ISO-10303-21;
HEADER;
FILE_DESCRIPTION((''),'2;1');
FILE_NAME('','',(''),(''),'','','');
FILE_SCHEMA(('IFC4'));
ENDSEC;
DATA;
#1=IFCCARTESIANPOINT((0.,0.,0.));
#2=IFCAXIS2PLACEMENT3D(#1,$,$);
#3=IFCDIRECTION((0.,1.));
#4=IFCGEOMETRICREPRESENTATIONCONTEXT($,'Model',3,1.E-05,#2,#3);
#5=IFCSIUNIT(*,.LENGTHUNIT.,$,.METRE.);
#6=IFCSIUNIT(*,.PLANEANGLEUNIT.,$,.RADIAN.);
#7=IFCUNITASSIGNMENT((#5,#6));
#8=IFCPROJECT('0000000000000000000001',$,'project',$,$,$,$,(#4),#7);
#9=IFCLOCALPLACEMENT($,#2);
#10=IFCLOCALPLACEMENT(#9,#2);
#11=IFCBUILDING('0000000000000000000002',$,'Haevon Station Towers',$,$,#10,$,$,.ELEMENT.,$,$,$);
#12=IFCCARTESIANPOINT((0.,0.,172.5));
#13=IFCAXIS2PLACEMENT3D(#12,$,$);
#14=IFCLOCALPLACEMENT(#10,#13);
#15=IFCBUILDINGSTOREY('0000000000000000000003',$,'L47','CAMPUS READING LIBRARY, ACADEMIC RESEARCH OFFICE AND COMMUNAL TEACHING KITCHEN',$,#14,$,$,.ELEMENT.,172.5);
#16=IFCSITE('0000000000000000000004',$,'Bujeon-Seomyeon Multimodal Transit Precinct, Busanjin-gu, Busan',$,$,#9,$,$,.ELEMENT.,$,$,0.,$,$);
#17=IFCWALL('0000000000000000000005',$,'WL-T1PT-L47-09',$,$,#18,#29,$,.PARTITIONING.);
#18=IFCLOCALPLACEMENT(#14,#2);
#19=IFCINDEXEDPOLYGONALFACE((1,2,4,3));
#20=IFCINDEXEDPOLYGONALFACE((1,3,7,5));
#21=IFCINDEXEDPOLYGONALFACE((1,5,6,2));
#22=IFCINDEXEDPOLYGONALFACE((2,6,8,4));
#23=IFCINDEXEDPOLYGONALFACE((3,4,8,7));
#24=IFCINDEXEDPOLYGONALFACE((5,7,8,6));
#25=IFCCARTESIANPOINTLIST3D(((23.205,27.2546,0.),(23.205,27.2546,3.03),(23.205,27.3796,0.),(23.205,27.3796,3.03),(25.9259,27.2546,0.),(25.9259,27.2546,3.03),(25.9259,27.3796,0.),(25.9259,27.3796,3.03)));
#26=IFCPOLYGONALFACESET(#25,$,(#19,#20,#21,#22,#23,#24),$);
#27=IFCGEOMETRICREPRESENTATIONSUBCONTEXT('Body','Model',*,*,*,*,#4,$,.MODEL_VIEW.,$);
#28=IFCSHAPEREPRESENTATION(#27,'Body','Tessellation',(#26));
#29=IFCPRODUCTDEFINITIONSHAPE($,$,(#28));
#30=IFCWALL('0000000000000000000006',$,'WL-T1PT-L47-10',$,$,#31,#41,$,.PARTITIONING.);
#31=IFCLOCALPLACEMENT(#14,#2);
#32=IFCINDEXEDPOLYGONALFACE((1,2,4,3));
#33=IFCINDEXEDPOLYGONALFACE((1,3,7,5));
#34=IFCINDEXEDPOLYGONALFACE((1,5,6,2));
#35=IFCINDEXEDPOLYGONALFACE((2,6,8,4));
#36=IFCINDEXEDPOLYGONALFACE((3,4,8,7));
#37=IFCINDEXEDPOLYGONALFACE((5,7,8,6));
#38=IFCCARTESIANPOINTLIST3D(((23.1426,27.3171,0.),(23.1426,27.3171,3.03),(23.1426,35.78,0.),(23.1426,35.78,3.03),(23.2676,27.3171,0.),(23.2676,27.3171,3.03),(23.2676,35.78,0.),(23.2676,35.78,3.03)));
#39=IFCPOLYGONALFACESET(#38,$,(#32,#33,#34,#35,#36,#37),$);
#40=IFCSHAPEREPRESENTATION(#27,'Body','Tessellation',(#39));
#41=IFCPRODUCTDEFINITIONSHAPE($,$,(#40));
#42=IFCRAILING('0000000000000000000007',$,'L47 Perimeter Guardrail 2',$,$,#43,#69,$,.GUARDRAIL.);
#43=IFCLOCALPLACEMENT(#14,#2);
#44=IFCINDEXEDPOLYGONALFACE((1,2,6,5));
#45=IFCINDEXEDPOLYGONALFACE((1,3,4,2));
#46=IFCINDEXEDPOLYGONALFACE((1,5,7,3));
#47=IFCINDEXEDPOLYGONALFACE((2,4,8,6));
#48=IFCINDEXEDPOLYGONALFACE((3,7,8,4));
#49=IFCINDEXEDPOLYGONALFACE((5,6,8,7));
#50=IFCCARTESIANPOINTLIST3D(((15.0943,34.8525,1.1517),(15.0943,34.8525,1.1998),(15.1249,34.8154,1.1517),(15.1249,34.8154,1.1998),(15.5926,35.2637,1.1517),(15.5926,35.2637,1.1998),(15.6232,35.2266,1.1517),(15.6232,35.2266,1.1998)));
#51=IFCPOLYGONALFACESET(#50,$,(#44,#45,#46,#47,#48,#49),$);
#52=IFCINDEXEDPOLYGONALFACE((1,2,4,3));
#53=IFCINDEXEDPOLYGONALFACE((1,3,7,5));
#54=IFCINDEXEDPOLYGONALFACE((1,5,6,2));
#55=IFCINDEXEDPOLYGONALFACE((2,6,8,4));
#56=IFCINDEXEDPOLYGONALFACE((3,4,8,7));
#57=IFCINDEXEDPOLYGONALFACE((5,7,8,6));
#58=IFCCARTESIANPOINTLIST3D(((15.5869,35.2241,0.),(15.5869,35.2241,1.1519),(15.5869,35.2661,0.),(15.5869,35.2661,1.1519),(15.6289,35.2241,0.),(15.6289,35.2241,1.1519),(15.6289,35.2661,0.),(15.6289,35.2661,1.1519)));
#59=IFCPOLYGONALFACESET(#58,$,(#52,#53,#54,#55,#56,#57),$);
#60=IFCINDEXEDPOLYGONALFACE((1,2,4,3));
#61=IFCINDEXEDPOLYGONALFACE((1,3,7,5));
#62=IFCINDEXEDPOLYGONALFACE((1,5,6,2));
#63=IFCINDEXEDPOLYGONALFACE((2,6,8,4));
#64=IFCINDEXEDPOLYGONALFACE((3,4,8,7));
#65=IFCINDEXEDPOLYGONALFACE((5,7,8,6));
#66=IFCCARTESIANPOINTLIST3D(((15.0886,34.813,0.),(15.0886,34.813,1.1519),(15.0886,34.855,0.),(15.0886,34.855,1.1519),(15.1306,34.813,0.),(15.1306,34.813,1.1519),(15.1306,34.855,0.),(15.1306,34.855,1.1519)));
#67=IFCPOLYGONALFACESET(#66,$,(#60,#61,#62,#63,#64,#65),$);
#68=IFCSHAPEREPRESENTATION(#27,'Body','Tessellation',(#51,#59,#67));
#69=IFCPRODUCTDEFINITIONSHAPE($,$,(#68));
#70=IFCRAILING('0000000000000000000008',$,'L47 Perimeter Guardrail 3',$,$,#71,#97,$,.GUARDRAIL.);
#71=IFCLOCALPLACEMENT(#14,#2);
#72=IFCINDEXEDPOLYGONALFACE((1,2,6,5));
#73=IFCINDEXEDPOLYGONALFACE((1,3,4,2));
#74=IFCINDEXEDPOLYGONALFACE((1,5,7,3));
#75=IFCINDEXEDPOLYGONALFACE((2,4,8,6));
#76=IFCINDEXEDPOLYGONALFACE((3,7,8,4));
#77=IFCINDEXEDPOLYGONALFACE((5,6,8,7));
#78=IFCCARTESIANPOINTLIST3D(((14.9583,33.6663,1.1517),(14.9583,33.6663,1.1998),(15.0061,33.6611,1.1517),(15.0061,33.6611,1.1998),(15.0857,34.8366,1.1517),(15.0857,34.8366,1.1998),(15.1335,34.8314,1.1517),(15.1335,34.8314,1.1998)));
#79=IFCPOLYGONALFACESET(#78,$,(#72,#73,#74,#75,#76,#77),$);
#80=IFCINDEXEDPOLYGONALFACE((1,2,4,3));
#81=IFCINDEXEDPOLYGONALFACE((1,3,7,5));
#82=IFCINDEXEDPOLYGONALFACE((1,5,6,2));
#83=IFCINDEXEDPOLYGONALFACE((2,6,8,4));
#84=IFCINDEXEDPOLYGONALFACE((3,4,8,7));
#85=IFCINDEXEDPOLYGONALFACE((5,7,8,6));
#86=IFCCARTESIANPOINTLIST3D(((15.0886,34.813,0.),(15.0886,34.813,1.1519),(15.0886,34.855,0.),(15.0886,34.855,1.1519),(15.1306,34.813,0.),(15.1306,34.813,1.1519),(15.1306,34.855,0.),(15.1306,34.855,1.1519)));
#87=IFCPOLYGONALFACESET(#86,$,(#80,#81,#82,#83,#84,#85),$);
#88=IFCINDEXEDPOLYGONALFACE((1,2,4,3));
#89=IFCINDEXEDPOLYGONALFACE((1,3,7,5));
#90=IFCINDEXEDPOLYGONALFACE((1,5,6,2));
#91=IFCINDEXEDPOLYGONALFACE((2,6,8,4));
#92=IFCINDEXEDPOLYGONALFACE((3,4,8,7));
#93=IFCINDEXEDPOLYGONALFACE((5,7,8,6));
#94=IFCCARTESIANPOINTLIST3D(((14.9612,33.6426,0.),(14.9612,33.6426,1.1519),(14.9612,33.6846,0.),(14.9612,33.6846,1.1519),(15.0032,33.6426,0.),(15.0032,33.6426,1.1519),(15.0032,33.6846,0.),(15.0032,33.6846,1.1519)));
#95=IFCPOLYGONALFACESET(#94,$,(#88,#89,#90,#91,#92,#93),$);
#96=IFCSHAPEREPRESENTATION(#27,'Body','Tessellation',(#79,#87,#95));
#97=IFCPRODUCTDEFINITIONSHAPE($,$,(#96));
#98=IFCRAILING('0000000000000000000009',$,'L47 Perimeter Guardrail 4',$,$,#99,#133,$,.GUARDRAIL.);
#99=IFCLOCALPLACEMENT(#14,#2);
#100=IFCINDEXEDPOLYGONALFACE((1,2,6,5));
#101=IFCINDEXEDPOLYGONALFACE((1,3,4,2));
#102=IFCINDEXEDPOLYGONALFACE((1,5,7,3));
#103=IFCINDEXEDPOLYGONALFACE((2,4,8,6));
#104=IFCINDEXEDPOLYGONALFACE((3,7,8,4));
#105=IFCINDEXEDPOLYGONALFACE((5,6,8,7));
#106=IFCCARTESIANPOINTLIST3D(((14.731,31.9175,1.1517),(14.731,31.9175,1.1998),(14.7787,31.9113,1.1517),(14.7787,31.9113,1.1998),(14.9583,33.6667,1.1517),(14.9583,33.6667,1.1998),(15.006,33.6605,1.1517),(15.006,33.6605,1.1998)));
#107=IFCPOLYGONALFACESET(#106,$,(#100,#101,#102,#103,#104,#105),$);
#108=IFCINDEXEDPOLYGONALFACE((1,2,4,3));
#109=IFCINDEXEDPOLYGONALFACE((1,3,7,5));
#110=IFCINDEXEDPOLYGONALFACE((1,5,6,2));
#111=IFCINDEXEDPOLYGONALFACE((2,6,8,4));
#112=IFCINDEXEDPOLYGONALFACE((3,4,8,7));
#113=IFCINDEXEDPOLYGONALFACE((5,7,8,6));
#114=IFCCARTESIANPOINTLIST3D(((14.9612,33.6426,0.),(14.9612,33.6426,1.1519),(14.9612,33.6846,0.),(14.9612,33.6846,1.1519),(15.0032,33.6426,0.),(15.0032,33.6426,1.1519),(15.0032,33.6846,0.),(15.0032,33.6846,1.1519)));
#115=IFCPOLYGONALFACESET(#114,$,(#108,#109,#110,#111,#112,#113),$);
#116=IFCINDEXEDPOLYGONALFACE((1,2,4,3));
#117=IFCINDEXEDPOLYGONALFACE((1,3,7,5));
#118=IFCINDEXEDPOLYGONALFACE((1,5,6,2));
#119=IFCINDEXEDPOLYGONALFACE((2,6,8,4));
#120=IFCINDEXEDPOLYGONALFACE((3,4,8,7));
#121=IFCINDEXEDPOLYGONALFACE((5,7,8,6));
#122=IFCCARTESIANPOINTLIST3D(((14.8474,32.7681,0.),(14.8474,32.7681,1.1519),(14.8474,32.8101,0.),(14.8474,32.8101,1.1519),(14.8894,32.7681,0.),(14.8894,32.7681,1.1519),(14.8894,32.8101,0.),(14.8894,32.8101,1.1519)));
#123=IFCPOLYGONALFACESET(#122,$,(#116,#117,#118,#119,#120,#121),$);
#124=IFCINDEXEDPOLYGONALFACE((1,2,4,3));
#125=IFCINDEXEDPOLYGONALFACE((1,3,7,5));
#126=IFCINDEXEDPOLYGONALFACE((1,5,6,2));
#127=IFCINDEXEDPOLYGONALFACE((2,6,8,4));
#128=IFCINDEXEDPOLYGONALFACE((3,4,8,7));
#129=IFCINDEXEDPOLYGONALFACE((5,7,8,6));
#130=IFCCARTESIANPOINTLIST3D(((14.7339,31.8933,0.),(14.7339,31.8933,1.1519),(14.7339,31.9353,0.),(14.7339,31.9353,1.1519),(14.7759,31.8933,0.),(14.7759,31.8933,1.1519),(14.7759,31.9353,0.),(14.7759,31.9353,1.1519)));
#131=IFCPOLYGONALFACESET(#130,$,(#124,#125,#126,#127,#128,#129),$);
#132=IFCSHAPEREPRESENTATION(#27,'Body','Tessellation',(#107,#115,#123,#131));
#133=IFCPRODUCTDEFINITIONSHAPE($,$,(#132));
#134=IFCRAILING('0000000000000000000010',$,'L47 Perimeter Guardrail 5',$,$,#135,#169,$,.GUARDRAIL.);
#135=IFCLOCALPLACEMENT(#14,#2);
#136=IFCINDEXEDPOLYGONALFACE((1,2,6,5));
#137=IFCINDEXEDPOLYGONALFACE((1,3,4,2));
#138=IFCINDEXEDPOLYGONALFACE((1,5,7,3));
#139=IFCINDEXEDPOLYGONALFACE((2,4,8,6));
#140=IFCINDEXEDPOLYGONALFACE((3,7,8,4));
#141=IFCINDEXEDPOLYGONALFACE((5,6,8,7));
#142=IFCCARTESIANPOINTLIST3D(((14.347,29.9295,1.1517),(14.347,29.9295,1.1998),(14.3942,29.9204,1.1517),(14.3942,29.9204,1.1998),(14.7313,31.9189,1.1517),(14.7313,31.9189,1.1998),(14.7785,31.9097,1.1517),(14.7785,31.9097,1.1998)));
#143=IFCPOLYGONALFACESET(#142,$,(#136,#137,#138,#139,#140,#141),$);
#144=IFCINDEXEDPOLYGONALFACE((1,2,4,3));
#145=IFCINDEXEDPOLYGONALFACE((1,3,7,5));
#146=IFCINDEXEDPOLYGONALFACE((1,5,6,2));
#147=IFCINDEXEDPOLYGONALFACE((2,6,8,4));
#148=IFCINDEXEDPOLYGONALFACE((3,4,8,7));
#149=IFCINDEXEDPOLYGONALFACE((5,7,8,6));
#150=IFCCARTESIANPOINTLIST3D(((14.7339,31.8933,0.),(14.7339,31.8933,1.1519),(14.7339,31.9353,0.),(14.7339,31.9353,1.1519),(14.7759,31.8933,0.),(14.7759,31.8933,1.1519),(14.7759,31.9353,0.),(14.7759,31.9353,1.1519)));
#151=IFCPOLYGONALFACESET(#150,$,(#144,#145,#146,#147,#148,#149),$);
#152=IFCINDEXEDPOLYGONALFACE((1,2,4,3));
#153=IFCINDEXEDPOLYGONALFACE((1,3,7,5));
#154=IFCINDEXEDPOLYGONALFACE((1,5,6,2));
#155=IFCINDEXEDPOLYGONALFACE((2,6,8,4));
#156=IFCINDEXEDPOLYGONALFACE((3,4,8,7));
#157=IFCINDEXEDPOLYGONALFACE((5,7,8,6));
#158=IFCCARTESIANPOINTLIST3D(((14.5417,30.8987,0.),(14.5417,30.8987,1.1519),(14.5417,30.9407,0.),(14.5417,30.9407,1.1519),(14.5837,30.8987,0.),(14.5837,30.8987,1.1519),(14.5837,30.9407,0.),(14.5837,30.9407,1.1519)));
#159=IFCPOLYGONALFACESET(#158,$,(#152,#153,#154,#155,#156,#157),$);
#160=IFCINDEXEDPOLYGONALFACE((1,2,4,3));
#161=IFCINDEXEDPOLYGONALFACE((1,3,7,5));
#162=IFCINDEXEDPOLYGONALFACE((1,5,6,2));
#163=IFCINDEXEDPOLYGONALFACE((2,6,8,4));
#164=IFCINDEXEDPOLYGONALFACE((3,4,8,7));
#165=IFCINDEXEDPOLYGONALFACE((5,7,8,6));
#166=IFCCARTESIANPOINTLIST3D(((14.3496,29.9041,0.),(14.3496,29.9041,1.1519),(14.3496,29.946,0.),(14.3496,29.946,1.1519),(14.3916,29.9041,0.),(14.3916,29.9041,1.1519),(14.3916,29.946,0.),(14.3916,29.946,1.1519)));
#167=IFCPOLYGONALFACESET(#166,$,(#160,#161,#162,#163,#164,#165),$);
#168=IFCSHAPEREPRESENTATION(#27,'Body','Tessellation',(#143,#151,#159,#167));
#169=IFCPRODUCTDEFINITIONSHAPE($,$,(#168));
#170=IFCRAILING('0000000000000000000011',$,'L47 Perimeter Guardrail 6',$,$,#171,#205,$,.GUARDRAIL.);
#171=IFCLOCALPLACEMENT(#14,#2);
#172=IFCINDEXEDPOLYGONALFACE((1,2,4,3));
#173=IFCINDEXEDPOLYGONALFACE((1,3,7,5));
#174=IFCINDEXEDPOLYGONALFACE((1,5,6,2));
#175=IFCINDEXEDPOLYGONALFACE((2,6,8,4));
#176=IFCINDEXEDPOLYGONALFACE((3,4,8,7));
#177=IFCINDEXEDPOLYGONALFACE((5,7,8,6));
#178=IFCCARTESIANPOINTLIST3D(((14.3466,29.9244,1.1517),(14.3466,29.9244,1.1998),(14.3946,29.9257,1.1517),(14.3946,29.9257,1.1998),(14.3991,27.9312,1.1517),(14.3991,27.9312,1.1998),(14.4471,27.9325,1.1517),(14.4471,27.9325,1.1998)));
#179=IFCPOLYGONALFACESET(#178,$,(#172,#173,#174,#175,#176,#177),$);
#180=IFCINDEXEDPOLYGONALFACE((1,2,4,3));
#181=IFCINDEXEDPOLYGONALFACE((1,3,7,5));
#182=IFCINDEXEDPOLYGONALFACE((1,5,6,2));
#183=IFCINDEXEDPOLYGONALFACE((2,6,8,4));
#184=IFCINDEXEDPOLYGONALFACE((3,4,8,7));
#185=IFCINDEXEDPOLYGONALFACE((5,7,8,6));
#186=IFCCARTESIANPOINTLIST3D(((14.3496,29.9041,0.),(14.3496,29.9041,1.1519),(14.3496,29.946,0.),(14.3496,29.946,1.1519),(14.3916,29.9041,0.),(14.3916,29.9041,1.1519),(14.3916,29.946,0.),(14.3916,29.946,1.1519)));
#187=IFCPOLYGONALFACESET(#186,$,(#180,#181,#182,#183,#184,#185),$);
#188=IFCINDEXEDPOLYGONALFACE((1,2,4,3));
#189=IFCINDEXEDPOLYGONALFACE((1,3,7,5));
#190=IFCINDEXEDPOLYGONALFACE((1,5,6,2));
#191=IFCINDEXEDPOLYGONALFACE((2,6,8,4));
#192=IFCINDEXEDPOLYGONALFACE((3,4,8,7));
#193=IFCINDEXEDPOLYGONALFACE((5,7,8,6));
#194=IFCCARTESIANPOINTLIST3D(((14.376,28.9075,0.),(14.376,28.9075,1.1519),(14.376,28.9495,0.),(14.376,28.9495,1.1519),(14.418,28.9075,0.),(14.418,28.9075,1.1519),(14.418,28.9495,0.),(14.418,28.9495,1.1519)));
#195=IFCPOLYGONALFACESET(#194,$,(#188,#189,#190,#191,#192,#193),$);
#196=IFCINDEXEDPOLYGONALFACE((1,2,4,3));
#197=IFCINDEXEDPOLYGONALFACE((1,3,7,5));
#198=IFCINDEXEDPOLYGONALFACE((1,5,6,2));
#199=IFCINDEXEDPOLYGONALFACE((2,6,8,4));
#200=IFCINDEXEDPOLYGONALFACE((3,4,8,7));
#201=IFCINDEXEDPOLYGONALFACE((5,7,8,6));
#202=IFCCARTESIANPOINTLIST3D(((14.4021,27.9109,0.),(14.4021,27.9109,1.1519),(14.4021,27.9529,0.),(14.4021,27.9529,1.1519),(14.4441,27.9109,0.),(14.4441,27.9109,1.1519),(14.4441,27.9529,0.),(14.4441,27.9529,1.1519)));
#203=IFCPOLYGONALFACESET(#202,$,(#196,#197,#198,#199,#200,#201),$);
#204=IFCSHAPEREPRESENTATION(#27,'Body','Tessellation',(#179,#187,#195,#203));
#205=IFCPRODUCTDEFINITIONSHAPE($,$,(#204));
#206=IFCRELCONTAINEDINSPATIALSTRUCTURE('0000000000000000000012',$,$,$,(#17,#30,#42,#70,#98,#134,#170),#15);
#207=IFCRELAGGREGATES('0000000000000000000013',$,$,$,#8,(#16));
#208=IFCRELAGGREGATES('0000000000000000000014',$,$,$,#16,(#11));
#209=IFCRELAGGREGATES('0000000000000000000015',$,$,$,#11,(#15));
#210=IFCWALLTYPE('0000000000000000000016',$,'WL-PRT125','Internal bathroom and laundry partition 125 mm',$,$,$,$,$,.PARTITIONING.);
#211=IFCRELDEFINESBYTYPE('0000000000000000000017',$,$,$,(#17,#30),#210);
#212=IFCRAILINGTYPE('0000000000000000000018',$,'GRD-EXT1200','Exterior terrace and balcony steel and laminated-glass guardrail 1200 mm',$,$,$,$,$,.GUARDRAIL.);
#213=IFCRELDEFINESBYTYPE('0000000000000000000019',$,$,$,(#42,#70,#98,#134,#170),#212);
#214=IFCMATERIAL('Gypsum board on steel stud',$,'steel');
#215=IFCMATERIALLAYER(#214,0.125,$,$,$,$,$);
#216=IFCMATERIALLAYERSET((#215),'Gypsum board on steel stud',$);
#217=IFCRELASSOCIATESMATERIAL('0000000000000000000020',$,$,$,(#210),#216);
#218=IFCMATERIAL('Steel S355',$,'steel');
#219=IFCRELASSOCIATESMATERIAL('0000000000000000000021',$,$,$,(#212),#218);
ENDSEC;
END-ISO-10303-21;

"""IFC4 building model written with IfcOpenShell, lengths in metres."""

from ifc_helpers import new_model, si_unit, direction, frame, frame_2d, origin, origin_2d, place, context, subcontext, project, spatial, rectangle, extrude, material, layer, layer_set, type_object, element, save


model = new_model("IFC4")

# Units and contexts
model_context = context("Model", 3, precision=1e-05, world=origin(), true_north=direction((0.0, 1.0)))
body_context = subcontext(model_context, "Body", "Model", "MODEL_VIEW")
ifc_project = project(units=[si_unit("LENGTHUNIT", "METRE"), si_unit("PLANEANGLEUNIT", "RADIAN")], contexts=[model_context])

# Site, building, storey
site_placement = place(None, origin())
site = spatial("IfcSite", under=ifc_project, at=site_placement, Name="Bujeon-Seomyeon Multimodal Transit Precinct, Busanjin-gu, Busan", CompositionType="ELEMENT", RefElevation=0.0)
building_placement = place(site_placement, origin())
building = spatial("IfcBuilding", under=site, at=building_placement, Name="Haevon Station Towers", CompositionType="ELEMENT")
storey_placement = place(building_placement, frame((0.0, 0.0, 172.5)))
storey = spatial("IfcBuildingStorey", under=building, at=storey_placement, Name="L47", Description="CAMPUS READING LIBRARY, ACADEMIC RESEARCH OFFICE AND COMMUNAL TEACHING KITCHEN", CompositionType="ELEMENT", Elevation=172.5)

# Shared definitions
ifc_material_1 = material(Name="Steel S355", Category="steel")

# Shared definitions
ifc_material_2 = material(Name="Gypsum board on steel stud", Category="steel")

# Walls
ifc_layer_1 = layer(ifc_material_2, 0.125)
ifc_layer_set_1 = layer_set([ifc_layer_1], Name="Gypsum board on steel stud")
wall_type_1 = type_object("IfcWallType", Name="WL-PRT125", Description="Internal bathroom and laundry partition 125 mm", PredefinedType="PARTITIONING", material=ifc_layer_set_1)
wall_1_placement = place(storey_placement, frame((23.2051, 27.3171, 0.0), z_axis=(0.0, 0.0, 1.0), x_axis=(1.0, 0.0, 0.0)))
element("IfcWall", 1, at=wall_1_placement, inside=storey, type_object=wall_type_1, Name="WL-T1PT-L47-09", PredefinedType="PARTITIONING", context=body_context, shape_type="SweptSolid", body=[
    extrude(rectangle(XDim=2.7209, YDim=0.125, at=frame_2d((1.3604, 0.0))), origin(), (0.0, 0.0, 1.0), 3.03),
])
wall_2_placement = place(storey_placement, frame((23.2051, 27.3171, 0.0), z_axis=(0.0, 0.0, 1.0), x_axis=(0.0, 1.0, 0.0)))
element("IfcWall", 2, at=wall_2_placement, inside=storey, type_object=wall_type_1, Name="WL-T1PT-L47-10", PredefinedType="PARTITIONING", context=body_context, shape_type="SweptSolid", body=[
    extrude(rectangle(XDim=8.4629, YDim=0.125, at=frame_2d((4.2314, 0.0))), origin(), (0.0, 0.0, 1.0), 3.03),
])

# Railings
railing_type = type_object("IfcRailingType", Name="GRD-EXT1200", Description="Exterior terrace and balcony steel and laminated-glass guardrail 1200 mm", PredefinedType="GUARDRAIL", material=ifc_material_1)
railing_1_placement = place(storey_placement, frame((15.6079, 35.2451, 0.0)))
element("IfcRailing", 3, at=railing_1_placement, inside=storey, type_object=railing_type, Name="L47 Perimeter Guardrail 2", PredefinedType="GUARDRAIL", context=body_context, shape_type="SweptSolid", body=[
    extrude(rectangle(XDim=0.0481, YDim=0.0481, at=origin_2d()), frame((0.0, 0.0, 1.1758), z_axis=(-0.771341, -0.636422, 0.0), x_axis=(0.636422, -0.771341, 0.0)), (0.0, 0.0, 1.0), 0.646),
    extrude(rectangle(XDim=0.042, YDim=0.042, at=origin_2d()), origin(), (0.0, 0.0, 1.0), 1.1519),
    extrude(rectangle(XDim=0.042, YDim=0.042, at=origin_2d()), frame((-0.4983, -0.4111, 0.0)), (0.0, 0.0, 1.0), 1.1519),
])
railing_2_placement = place(storey_placement, frame((15.1096, 34.834, 0.0)))
element("IfcRailing", 4, at=railing_2_placement, inside=storey, type_object=railing_type, Name="L47 Perimeter Guardrail 3", PredefinedType="GUARDRAIL", context=body_context, shape_type="SweptSolid", body=[
    extrude(rectangle(XDim=0.0481, YDim=0.0481, at=origin_2d()), frame((0.0, 0.0, 1.1758), z_axis=(-0.108246, -0.994124, 0.0), x_axis=(0.994124, -0.108246, 0.0)), (0.0, 0.0, 1.0), 1.1772),
    extrude(rectangle(XDim=0.042, YDim=0.042, at=origin_2d()), origin(), (0.0, 0.0, 1.0), 1.1519),
    extrude(rectangle(XDim=0.042, YDim=0.042, at=origin_2d()), frame((-0.1274, -1.1704, 0.0)), (0.0, 0.0, 1.0), 1.1519),
])
railing_3_placement = place(storey_placement, frame((14.9822, 33.6636, 0.0)))
element("IfcRailing", 5, at=railing_3_placement, inside=storey, type_object=railing_type, Name="L47 Perimeter Guardrail 4", PredefinedType="GUARDRAIL", context=body_context, shape_type="SweptSolid", body=[
    extrude(rectangle(XDim=0.0481, YDim=0.0481, at=origin_2d()), frame((0.0, 0.0, 1.1758), z_axis=(-0.128854, -0.991664, 0.0), x_axis=(0.991664, -0.128854, 0.0)), (0.0, 0.0, 1.0), 1.7639),
    extrude(rectangle(XDim=0.042, YDim=0.042, at=origin_2d()), origin(), (0.0, 0.0, 1.0), 1.1519),
    extrude(rectangle(XDim=0.042, YDim=0.042, at=origin_2d()), frame((-0.1138, -0.8745, 0.0)), (0.0, 0.0, 1.0), 1.1519),
    extrude(rectangle(XDim=0.042, YDim=0.042, at=origin_2d()), frame((-0.2273, -1.7493, 0.0)), (0.0, 0.0, 1.0), 1.1519),
])
railing_4_placement = place(storey_placement, frame((14.7549, 31.9143, 0.0)))
element("IfcRailing", 6, at=railing_4_placement, inside=storey, type_object=railing_type, Name="L47 Perimeter Guardrail 5", PredefinedType="GUARDRAIL", context=body_context, shape_type="SweptSolid", body=[
    extrude(rectangle(XDim=0.0481, YDim=0.0481, at=origin_2d()), frame((0.0, 0.0, 1.1758), z_axis=(-0.18967, -0.981848, 0.0), x_axis=(0.981848, -0.18967, 0.0)), (0.0, 0.0, 1.0), 2.0261),
    extrude(rectangle(XDim=0.042, YDim=0.042, at=origin_2d()), origin(), (0.0, 0.0, 1.0), 1.1519),
    extrude(rectangle(XDim=0.042, YDim=0.042, at=origin_2d()), frame((-0.1921, -0.9946, 0.0)), (0.0, 0.0, 1.0), 1.1519),
    extrude(rectangle(XDim=0.042, YDim=0.042, at=origin_2d()), frame((-0.3843, -1.9893, 0.0)), (0.0, 0.0, 1.0), 1.1519),
])
railing_5_placement = place(storey_placement, frame((14.3706, 29.925, 0.0)))
element("IfcRailing", 7, at=railing_5_placement, inside=storey, type_object=railing_type, Name="L47 Perimeter Guardrail 6", PredefinedType="GUARDRAIL", context=body_context, shape_type="SweptSolid", body=[
    extrude(rectangle(XDim=0.0481, YDim=0.0481, at=origin_2d()), frame((0.0, 0.0, 1.1758), z_axis=(0.026326, -0.999653, 0.0), x_axis=(0.999653, 0.026326, 0.0)), (0.0, 0.0, 1.0), 1.9939),
    extrude(rectangle(XDim=0.042, YDim=0.042, at=origin_2d()), origin(), (0.0, 0.0, 1.0), 1.1519),
    extrude(rectangle(XDim=0.042, YDim=0.042, at=origin_2d()), frame((0.0264, -0.9966, 0.0)), (0.0, 0.0, 1.0), 1.1519),
    extrude(rectangle(XDim=0.042, YDim=0.042, at=origin_2d()), frame((0.0525, -1.9932, 0.0)), (0.0, 0.0, 1.0), 1.1519),
])

save(model, "model.ifc")
